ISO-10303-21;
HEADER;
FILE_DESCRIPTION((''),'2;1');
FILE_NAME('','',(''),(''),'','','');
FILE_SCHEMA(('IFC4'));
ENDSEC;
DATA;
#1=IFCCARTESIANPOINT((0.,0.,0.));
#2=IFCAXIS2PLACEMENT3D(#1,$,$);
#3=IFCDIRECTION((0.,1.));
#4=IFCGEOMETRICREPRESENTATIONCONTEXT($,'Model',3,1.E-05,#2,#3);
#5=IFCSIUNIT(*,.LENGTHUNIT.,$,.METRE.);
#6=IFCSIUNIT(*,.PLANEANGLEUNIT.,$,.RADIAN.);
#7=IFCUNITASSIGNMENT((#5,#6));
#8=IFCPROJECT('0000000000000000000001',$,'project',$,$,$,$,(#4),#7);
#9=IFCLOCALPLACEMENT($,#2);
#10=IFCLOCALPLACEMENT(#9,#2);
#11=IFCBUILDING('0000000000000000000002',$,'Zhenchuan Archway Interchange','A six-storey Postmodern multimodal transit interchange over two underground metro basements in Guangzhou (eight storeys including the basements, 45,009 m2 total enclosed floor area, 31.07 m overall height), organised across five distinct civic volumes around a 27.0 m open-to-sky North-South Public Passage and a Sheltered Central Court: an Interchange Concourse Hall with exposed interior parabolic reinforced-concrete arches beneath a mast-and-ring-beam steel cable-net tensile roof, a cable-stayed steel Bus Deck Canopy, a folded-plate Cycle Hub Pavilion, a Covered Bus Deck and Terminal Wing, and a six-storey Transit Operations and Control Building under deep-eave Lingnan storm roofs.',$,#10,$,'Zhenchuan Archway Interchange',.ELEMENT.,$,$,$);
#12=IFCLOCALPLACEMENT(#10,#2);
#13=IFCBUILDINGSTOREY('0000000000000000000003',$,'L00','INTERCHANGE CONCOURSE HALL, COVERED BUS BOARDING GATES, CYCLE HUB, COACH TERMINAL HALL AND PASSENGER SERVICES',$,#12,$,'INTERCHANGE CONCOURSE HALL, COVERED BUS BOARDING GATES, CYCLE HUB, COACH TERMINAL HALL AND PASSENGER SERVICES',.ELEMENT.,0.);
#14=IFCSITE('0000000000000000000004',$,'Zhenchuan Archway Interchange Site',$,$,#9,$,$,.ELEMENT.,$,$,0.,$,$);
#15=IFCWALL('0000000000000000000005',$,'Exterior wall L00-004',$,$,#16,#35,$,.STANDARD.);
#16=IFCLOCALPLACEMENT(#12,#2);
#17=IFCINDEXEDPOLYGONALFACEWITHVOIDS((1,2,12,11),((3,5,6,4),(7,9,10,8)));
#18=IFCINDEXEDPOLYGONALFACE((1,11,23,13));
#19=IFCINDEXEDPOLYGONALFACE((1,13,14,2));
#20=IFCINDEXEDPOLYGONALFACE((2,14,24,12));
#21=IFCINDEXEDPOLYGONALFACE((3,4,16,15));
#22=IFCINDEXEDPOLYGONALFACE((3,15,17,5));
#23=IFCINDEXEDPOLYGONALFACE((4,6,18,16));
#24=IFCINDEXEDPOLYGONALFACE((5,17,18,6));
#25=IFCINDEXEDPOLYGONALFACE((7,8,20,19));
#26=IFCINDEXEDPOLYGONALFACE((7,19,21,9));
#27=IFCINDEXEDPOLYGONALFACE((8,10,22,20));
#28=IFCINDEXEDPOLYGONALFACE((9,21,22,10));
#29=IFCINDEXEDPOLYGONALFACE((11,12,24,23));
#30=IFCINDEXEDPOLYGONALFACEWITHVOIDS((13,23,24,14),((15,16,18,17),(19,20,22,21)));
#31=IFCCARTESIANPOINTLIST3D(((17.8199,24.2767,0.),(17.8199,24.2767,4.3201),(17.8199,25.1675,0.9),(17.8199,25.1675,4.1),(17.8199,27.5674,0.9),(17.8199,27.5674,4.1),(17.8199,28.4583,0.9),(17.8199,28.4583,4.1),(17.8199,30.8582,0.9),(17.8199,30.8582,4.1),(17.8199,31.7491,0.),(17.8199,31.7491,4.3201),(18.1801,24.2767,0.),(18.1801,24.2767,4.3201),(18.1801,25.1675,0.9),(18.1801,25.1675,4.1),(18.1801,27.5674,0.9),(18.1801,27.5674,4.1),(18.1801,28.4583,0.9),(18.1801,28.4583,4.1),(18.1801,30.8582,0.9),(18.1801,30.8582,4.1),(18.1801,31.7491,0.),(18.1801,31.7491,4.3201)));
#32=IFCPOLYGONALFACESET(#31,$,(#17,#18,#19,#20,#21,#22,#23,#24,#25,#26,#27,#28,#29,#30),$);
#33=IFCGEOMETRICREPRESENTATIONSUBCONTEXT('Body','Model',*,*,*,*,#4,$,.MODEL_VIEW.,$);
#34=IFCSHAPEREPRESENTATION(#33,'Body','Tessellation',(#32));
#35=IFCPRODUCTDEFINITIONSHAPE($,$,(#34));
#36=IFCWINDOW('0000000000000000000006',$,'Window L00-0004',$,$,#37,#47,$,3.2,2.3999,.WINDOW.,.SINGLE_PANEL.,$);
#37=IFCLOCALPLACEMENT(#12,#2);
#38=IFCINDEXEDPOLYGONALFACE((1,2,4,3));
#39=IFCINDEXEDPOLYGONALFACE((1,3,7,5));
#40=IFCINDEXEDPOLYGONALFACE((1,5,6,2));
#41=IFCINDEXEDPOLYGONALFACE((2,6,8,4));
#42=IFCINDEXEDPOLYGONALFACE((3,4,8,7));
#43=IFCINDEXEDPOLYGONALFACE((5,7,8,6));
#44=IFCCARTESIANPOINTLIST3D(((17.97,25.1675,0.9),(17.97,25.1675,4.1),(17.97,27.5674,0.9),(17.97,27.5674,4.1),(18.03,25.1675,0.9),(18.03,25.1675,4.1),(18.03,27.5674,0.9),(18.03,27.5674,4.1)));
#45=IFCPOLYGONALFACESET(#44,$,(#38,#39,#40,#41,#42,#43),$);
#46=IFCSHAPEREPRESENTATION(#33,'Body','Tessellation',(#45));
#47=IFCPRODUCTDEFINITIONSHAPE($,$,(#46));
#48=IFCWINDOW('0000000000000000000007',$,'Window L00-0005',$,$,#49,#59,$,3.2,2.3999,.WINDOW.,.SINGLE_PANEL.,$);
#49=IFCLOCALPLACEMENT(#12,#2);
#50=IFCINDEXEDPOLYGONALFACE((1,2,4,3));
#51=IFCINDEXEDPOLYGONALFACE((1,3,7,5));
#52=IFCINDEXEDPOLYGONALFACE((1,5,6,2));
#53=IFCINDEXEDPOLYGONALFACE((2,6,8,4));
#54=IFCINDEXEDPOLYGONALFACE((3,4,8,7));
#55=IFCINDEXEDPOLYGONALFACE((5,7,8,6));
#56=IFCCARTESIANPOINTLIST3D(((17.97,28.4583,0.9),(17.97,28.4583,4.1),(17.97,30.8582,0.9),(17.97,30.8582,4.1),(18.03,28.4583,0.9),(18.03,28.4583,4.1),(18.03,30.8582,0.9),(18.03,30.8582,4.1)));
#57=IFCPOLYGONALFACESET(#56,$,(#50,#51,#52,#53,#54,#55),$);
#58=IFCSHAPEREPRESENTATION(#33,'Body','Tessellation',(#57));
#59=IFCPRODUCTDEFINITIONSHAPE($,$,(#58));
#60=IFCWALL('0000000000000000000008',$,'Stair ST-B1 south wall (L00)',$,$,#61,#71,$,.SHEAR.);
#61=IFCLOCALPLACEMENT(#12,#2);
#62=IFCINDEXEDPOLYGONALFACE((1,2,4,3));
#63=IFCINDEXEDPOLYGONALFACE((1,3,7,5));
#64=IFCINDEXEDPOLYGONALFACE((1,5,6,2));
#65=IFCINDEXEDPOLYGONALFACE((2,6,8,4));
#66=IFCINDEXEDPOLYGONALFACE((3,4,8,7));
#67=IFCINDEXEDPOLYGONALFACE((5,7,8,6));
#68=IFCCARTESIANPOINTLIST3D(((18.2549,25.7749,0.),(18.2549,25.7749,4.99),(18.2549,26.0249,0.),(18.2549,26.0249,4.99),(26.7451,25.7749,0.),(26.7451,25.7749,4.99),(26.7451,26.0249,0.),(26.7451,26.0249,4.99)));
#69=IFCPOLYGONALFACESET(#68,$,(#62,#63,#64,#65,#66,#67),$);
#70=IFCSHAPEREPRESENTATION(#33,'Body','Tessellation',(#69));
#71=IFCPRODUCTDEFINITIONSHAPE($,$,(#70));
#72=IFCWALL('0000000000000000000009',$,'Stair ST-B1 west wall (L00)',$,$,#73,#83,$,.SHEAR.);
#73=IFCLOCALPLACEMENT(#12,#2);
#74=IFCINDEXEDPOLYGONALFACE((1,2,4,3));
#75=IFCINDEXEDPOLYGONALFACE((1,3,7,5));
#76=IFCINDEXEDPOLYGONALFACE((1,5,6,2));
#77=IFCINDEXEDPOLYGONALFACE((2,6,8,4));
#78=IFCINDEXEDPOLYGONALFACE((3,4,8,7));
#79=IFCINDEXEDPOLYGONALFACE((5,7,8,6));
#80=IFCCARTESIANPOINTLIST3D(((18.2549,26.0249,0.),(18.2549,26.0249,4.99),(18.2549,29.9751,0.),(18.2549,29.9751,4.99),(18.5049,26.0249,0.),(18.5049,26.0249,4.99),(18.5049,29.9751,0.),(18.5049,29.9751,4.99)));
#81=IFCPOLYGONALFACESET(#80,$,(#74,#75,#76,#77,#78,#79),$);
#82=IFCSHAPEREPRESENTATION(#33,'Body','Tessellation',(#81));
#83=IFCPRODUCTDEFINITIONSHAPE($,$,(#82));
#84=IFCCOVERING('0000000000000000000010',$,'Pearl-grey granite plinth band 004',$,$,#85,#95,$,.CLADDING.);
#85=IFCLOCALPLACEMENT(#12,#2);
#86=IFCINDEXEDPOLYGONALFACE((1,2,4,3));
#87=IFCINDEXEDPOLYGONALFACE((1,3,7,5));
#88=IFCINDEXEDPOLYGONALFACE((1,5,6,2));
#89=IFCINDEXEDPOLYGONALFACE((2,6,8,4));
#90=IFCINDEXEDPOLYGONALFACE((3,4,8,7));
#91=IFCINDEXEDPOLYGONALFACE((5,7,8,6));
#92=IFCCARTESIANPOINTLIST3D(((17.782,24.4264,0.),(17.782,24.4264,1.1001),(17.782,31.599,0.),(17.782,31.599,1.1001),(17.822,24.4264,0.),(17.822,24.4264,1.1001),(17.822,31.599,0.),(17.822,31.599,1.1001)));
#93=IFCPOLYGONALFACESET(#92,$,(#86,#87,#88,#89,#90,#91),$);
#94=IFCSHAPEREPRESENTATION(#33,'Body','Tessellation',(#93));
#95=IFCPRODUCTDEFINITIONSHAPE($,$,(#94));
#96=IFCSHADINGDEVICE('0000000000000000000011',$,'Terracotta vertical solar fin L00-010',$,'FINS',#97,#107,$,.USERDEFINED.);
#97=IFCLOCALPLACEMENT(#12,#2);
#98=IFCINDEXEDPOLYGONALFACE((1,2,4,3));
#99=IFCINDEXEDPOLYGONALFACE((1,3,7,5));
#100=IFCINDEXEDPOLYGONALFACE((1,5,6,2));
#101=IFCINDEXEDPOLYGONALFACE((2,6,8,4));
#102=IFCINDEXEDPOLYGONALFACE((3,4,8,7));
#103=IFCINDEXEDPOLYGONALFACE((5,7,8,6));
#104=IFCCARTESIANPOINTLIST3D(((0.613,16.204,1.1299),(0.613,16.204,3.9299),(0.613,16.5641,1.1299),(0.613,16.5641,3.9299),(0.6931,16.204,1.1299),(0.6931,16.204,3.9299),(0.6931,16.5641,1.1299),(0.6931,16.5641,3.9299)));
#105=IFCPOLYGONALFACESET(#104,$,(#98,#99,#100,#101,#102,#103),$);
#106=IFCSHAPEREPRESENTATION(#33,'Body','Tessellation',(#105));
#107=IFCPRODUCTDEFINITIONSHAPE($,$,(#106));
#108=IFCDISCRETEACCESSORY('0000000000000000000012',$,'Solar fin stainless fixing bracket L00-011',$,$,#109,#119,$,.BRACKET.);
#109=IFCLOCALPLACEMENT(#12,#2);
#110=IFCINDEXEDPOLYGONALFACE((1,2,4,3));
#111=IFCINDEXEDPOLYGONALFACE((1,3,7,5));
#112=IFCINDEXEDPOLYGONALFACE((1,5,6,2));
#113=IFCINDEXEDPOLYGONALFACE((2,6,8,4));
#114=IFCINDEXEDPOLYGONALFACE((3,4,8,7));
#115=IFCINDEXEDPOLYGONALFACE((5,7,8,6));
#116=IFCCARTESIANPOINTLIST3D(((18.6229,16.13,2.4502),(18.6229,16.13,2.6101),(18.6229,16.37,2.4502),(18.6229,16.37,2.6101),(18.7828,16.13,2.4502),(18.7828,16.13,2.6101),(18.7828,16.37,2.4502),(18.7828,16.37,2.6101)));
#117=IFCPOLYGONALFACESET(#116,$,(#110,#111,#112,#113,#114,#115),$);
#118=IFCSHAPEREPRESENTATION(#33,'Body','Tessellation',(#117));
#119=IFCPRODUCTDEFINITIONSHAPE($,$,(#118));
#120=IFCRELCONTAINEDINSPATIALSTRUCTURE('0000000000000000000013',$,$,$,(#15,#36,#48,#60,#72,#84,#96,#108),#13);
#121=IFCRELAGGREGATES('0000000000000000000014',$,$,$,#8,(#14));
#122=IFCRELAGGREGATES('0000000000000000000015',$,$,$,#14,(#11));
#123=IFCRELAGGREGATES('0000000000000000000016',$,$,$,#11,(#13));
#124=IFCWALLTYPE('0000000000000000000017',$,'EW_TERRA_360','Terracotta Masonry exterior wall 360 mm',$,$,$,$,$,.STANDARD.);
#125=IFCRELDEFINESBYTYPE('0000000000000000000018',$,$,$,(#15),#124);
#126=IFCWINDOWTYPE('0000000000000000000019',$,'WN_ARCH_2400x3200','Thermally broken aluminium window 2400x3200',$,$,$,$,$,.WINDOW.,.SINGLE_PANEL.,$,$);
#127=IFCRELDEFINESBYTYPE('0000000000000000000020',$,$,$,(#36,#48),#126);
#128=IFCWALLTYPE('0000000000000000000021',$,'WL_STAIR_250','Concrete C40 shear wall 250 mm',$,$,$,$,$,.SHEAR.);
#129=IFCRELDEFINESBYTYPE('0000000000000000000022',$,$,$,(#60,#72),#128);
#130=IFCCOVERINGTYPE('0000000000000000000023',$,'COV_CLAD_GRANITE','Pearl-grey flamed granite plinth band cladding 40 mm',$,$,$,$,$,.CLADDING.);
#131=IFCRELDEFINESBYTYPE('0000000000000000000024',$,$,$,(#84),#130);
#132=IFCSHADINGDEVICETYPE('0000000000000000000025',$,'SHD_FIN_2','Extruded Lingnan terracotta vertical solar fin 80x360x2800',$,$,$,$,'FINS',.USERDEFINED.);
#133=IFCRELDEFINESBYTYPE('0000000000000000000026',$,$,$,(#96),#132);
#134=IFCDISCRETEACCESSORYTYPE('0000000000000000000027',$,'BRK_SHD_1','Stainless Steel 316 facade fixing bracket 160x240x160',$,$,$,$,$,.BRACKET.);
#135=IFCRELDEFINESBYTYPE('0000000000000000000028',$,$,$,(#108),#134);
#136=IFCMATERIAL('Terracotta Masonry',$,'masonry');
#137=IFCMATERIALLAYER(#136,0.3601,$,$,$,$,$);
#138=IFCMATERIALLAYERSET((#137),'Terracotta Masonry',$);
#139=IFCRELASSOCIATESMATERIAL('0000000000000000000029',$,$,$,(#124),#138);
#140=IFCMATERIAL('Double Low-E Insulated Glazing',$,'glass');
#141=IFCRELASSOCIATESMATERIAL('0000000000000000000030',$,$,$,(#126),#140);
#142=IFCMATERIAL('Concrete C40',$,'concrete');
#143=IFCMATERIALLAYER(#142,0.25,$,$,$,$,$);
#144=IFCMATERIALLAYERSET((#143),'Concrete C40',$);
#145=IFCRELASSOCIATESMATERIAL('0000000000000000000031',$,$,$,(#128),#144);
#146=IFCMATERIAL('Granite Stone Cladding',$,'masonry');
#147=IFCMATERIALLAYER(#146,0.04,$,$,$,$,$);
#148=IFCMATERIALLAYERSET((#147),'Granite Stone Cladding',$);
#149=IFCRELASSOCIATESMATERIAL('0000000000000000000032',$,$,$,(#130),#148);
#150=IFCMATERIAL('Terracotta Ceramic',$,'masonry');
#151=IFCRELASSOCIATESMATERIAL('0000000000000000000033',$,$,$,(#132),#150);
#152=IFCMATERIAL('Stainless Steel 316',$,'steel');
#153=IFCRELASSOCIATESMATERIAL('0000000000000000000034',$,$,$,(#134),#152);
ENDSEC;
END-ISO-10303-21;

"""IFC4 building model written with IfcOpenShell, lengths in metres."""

from ifc_helpers import new_model, si_unit, direction, frame, frame_2d, origin, origin_2d, place, context, subcontext, project, spatial, rectangle, extrude, material, layer, layer_set, type_object, element, fill, save


model = new_model("IFC4")

# Units and contexts
model_context = context("Model", 3, precision=1e-05, world=origin(), true_north=direction((0.0, 1.0)))
body_context = subcontext(model_context, "Body", "Model", "MODEL_VIEW")
ifc_project = project(units=[si_unit("LENGTHUNIT", "METRE"), si_unit("PLANEANGLEUNIT", "RADIAN")], contexts=[model_context])

# Site, building, storey
site_placement = place(None, origin())
site = spatial("IfcSite", under=ifc_project, at=site_placement, Name="Zhenchuan Archway Interchange Site", CompositionType="ELEMENT", RefElevation=0.0)
building_placement = place(site_placement, origin())
building = spatial("IfcBuilding", under=site, at=building_placement, Name="Zhenchuan Archway Interchange", Description="A six-storey Postmodern multimodal transit interchange over two underground metro basements in Guangzhou (eight storeys including the basements, 45,009 m2 total enclosed floor area, 31.07 m overall height), organised across five distinct civic volumes around a 27.0 m open-to-sky North-South Public Passage and a Sheltered Central Court: an Interchange Concourse Hall with exposed interior parabolic reinforced-concrete arches beneath a mast-and-ring-beam steel cable-net tensile roof, a cable-stayed steel Bus Deck Canopy, a folded-plate Cycle Hub Pavilion, a Covered Bus Deck and Terminal Wing, and a six-storey Transit Operations and Control Building under deep-eave Lingnan storm roofs.", LongName="Zhenchuan Archway Interchange", CompositionType="ELEMENT")
storey_placement = place(building_placement, origin())
storey = spatial("IfcBuildingStorey", under=building, at=storey_placement, Name="L00", Description="INTERCHANGE CONCOURSE HALL, COVERED BUS BOARDING GATES, CYCLE HUB, COACH TERMINAL HALL AND PASSENGER SERVICES", LongName="INTERCHANGE CONCOURSE HALL, COVERED BUS BOARDING GATES, CYCLE HUB, COACH TERMINAL HALL AND PASSENGER SERVICES", CompositionType="ELEMENT", Elevation=0.0)

# Shared definitions
ifc_material_1 = material(Name="Concrete C40", Category="concrete")

# Wall, openings, windows
ifc_material_2 = material(Name="Terracotta Masonry", Category="masonry")
ifc_layer_1 = layer(ifc_material_2, 0.3601)
ifc_layer_set_1 = layer_set([ifc_layer_1], Name="Terracotta Masonry")
wall_type_1 = type_object("IfcWallType", Name="EW_TERRA_360", Description="Terracotta Masonry exterior wall 360 mm", PredefinedType="STANDARD", material=ifc_layer_set_1)
wall_1_placement = place(storey_placement, frame((18.0, 24.2766, 0.0), z_axis=(0.0, 0.0, 1.0), x_axis=(0.0, 1.0, 0.0)))
wall_1 = element("IfcWall", 1, at=wall_1_placement, inside=storey, type_object=wall_type_1, Name="Exterior wall L00-004", PredefinedType="STANDARD", context=body_context, shape_type="SweptSolid", body=[
    extrude(rectangle(XDim=7.4724, YDim=0.3601, at=frame_2d((3.7363, 0.0))), origin(), (0.0, 0.0, 1.0), 4.3201),
])
opening_1_placement = place(wall_1_placement, frame((0.8909, 0.0, 0.8999)))
opening_1 = element("IfcOpeningElement", 2, at=opening_1_placement, cuts=wall_1, PredefinedType="OPENING", context=body_context, shape_type="SweptSolid", body=[
    extrude(rectangle(XDim=2.3999, YDim=3.2, at=frame_2d((1.2, 1.6001))), frame((0.0, 0.1919, 0.0), z_axis=(0.0, -1.0, 0.0), x_axis=(1.0, 0.0, 0.0)), (0.0, 0.0, 1.0), 0.384),
])
opening_2_placement = place(wall_1_placement, frame((4.1816, 0.0, 0.8999)))
opening_2 = element("IfcOpeningElement", 3, at=opening_2_placement, cuts=wall_1, PredefinedType="OPENING", context=body_context, shape_type="SweptSolid", body=[
    extrude(rectangle(XDim=2.3999, YDim=3.2, at=frame_2d((1.2, 1.6001))), frame((0.0, 0.1919, 0.0), z_axis=(0.0, -1.0, 0.0), x_axis=(1.0, 0.0, 0.0)), (0.0, 0.0, 1.0), 0.384),
])
ifc_material_3 = material(Name="Double Low-E Insulated Glazing", Category="glass")
window_type = type_object("IfcWindowType", Name="WN_ARCH_2400x3200", Description="Thermally broken aluminium window 2400x3200", PartitioningType="SINGLE_PANEL", PredefinedType="WINDOW", material=ifc_material_3)
window_1_placement = place(opening_1_placement, origin())
window_1 = element("IfcWindow", 4, at=window_1_placement, inside=storey, type_object=window_type, Name="Window L00-0004", OverallHeight=3.2, OverallWidth=2.3999, PartitioningType="SINGLE_PANEL", PredefinedType="WINDOW", context=body_context, shape_type="SweptSolid", body=[
    extrude(rectangle(XDim=2.3999, YDim=3.2, at=frame_2d((1.2, 1.6001))), frame((0.0, 0.03, 0.0), z_axis=(0.0, -1.0, 0.0), x_axis=(1.0, 0.0, 0.0)), (0.0, 0.0, 1.0), 0.0601),
])
fill(opening_1, window_1)
window_2_placement = place(opening_2_placement, origin())
window_2 = element("IfcWindow", 5, at=window_2_placement, inside=storey, type_object=window_type, Name="Window L00-0005", OverallHeight=3.2, OverallWidth=2.3999, PartitioningType="SINGLE_PANEL", PredefinedType="WINDOW", context=body_context, shape_type="SweptSolid", body=[
    extrude(rectangle(XDim=2.3999, YDim=3.2, at=frame_2d((1.2, 1.6001))), frame((0.0, 0.03, 0.0), z_axis=(0.0, -1.0, 0.0), x_axis=(1.0, 0.0, 0.0)), (0.0, 0.0, 1.0), 0.0601),
])
fill(opening_2, window_2)

# Walls
ifc_layer_2 = layer(ifc_material_1, 0.25)
ifc_layer_set_2 = layer_set([ifc_layer_2], Name="Concrete C40")
wall_type_2 = type_object("IfcWallType", Name="WL_STAIR_250", Description="Concrete C40 shear wall 250 mm", PredefinedType="SHEAR", material=ifc_layer_set_2)
wall_2_placement = place(storey_placement, frame((18.2549, 25.8999, 0.0), z_axis=(0.0, 0.0, 1.0), x_axis=(1.0, 0.0, 0.0)))
element("IfcWall", 6, at=wall_2_placement, inside=storey, type_object=wall_type_2, Name="Stair ST-B1 south wall (L00)", PredefinedType="SHEAR", context=body_context, shape_type="SweptSolid", body=[
    extrude(rectangle(XDim=8.4902, YDim=0.25, at=frame_2d((4.2451, 0.0))), origin(), (0.0, 0.0, 1.0), 4.99),
])
wall_3_placement = place(storey_placement, frame((18.3799, 29.9751, 0.0), z_axis=(0.0, 0.0, 1.0), x_axis=(0.0, -1.0, 0.0)))
element("IfcWall", 7, at=wall_3_placement, inside=storey, type_object=wall_type_2, Name="Stair ST-B1 west wall (L00)", PredefinedType="SHEAR", context=body_context, shape_type="SweptSolid", body=[
    extrude(rectangle(XDim=3.9502, YDim=0.25, at=frame_2d((1.9751, 0.0))), origin(), (0.0, 0.0, 1.0), 4.99),
])

# Covering
ifc_material_4 = material(Name="Granite Stone Cladding", Category="masonry")
ifc_layer_3 = layer(ifc_material_4, 0.04)
ifc_layer_set_3 = layer_set([ifc_layer_3], Name="Granite Stone Cladding")
covering_type = type_object("IfcCoveringType", Name="COV_CLAD_GRANITE", Description="Pearl-grey flamed granite plinth band cladding 40 mm", PredefinedType="CLADDING", material=ifc_layer_set_3)
covering_placement = place(storey_placement, frame((17.802, 28.0127, 0.0), z_axis=(0.0, 0.0, 1.0), x_axis=(0.0, 1.0, 0.0)))
element("IfcCovering", 8, at=covering_placement, inside=storey, type_object=covering_type, Name="Pearl-grey granite plinth band 004", PredefinedType="CLADDING", context=body_context, shape_type="SweptSolid", body=[
    extrude(rectangle(XDim=7.1726, YDim=0.04, at=origin_2d()), origin(), (0.0, 0.0, 1.0), 1.1001),
])

# Shading device
ifc_material_5 = material(Name="Terracotta Ceramic", Category="masonry")
shading_device_type = type_object("IfcShadingDeviceType", Name="SHD_FIN_2", Description="Extruded Lingnan terracotta vertical solar fin 80x360x2800", ElementType="FINS", PredefinedType="USERDEFINED", material=ifc_material_5)
shading_device_placement = place(storey_placement, frame((0.6531, 16.384, 1.1299), z_axis=(0.0, 0.0, 1.0), x_axis=(1.0, 0.0, 0.0)))
element("IfcShadingDevice", 9, at=shading_device_placement, inside=storey, type_object=shading_device_type, Name="Terracotta vertical solar fin L00-010", ObjectType="FINS", PredefinedType="USERDEFINED", context=body_context, shape_type="SweptSolid", body=[
    extrude(rectangle(XDim=0.0801, YDim=0.3601, at=origin_2d()), origin(), (0.0, 0.0, 1.0), 2.8),
])

# Discrete accessory
ifc_material_6 = material(Name="Stainless Steel 316", Category="steel")
discrete_accessory_type = type_object("IfcDiscreteAccessoryType", Name="BRK_SHD_1", Description="Stainless Steel 316 facade fixing bracket 160x240x160", PredefinedType="BRACKET", material=ifc_material_6)
discrete_accessory_placement = place(storey_placement, frame((18.7029, 16.25, 2.4502), z_axis=(0.0, 0.0, 1.0), x_axis=(1.0, 0.0, 0.0)))
element("IfcDiscreteAccessory", 10, at=discrete_accessory_placement, inside=storey, type_object=discrete_accessory_type, Name="Solar fin stainless fixing bracket L00-011", PredefinedType="BRACKET", context=body_context, shape_type="SweptSolid", body=[
    extrude(rectangle(XDim=0.1599, YDim=0.24, at=origin_2d()), origin(), (0.0, 0.0, 1.0), 0.1599),
])

save(model, "model.ifc")
